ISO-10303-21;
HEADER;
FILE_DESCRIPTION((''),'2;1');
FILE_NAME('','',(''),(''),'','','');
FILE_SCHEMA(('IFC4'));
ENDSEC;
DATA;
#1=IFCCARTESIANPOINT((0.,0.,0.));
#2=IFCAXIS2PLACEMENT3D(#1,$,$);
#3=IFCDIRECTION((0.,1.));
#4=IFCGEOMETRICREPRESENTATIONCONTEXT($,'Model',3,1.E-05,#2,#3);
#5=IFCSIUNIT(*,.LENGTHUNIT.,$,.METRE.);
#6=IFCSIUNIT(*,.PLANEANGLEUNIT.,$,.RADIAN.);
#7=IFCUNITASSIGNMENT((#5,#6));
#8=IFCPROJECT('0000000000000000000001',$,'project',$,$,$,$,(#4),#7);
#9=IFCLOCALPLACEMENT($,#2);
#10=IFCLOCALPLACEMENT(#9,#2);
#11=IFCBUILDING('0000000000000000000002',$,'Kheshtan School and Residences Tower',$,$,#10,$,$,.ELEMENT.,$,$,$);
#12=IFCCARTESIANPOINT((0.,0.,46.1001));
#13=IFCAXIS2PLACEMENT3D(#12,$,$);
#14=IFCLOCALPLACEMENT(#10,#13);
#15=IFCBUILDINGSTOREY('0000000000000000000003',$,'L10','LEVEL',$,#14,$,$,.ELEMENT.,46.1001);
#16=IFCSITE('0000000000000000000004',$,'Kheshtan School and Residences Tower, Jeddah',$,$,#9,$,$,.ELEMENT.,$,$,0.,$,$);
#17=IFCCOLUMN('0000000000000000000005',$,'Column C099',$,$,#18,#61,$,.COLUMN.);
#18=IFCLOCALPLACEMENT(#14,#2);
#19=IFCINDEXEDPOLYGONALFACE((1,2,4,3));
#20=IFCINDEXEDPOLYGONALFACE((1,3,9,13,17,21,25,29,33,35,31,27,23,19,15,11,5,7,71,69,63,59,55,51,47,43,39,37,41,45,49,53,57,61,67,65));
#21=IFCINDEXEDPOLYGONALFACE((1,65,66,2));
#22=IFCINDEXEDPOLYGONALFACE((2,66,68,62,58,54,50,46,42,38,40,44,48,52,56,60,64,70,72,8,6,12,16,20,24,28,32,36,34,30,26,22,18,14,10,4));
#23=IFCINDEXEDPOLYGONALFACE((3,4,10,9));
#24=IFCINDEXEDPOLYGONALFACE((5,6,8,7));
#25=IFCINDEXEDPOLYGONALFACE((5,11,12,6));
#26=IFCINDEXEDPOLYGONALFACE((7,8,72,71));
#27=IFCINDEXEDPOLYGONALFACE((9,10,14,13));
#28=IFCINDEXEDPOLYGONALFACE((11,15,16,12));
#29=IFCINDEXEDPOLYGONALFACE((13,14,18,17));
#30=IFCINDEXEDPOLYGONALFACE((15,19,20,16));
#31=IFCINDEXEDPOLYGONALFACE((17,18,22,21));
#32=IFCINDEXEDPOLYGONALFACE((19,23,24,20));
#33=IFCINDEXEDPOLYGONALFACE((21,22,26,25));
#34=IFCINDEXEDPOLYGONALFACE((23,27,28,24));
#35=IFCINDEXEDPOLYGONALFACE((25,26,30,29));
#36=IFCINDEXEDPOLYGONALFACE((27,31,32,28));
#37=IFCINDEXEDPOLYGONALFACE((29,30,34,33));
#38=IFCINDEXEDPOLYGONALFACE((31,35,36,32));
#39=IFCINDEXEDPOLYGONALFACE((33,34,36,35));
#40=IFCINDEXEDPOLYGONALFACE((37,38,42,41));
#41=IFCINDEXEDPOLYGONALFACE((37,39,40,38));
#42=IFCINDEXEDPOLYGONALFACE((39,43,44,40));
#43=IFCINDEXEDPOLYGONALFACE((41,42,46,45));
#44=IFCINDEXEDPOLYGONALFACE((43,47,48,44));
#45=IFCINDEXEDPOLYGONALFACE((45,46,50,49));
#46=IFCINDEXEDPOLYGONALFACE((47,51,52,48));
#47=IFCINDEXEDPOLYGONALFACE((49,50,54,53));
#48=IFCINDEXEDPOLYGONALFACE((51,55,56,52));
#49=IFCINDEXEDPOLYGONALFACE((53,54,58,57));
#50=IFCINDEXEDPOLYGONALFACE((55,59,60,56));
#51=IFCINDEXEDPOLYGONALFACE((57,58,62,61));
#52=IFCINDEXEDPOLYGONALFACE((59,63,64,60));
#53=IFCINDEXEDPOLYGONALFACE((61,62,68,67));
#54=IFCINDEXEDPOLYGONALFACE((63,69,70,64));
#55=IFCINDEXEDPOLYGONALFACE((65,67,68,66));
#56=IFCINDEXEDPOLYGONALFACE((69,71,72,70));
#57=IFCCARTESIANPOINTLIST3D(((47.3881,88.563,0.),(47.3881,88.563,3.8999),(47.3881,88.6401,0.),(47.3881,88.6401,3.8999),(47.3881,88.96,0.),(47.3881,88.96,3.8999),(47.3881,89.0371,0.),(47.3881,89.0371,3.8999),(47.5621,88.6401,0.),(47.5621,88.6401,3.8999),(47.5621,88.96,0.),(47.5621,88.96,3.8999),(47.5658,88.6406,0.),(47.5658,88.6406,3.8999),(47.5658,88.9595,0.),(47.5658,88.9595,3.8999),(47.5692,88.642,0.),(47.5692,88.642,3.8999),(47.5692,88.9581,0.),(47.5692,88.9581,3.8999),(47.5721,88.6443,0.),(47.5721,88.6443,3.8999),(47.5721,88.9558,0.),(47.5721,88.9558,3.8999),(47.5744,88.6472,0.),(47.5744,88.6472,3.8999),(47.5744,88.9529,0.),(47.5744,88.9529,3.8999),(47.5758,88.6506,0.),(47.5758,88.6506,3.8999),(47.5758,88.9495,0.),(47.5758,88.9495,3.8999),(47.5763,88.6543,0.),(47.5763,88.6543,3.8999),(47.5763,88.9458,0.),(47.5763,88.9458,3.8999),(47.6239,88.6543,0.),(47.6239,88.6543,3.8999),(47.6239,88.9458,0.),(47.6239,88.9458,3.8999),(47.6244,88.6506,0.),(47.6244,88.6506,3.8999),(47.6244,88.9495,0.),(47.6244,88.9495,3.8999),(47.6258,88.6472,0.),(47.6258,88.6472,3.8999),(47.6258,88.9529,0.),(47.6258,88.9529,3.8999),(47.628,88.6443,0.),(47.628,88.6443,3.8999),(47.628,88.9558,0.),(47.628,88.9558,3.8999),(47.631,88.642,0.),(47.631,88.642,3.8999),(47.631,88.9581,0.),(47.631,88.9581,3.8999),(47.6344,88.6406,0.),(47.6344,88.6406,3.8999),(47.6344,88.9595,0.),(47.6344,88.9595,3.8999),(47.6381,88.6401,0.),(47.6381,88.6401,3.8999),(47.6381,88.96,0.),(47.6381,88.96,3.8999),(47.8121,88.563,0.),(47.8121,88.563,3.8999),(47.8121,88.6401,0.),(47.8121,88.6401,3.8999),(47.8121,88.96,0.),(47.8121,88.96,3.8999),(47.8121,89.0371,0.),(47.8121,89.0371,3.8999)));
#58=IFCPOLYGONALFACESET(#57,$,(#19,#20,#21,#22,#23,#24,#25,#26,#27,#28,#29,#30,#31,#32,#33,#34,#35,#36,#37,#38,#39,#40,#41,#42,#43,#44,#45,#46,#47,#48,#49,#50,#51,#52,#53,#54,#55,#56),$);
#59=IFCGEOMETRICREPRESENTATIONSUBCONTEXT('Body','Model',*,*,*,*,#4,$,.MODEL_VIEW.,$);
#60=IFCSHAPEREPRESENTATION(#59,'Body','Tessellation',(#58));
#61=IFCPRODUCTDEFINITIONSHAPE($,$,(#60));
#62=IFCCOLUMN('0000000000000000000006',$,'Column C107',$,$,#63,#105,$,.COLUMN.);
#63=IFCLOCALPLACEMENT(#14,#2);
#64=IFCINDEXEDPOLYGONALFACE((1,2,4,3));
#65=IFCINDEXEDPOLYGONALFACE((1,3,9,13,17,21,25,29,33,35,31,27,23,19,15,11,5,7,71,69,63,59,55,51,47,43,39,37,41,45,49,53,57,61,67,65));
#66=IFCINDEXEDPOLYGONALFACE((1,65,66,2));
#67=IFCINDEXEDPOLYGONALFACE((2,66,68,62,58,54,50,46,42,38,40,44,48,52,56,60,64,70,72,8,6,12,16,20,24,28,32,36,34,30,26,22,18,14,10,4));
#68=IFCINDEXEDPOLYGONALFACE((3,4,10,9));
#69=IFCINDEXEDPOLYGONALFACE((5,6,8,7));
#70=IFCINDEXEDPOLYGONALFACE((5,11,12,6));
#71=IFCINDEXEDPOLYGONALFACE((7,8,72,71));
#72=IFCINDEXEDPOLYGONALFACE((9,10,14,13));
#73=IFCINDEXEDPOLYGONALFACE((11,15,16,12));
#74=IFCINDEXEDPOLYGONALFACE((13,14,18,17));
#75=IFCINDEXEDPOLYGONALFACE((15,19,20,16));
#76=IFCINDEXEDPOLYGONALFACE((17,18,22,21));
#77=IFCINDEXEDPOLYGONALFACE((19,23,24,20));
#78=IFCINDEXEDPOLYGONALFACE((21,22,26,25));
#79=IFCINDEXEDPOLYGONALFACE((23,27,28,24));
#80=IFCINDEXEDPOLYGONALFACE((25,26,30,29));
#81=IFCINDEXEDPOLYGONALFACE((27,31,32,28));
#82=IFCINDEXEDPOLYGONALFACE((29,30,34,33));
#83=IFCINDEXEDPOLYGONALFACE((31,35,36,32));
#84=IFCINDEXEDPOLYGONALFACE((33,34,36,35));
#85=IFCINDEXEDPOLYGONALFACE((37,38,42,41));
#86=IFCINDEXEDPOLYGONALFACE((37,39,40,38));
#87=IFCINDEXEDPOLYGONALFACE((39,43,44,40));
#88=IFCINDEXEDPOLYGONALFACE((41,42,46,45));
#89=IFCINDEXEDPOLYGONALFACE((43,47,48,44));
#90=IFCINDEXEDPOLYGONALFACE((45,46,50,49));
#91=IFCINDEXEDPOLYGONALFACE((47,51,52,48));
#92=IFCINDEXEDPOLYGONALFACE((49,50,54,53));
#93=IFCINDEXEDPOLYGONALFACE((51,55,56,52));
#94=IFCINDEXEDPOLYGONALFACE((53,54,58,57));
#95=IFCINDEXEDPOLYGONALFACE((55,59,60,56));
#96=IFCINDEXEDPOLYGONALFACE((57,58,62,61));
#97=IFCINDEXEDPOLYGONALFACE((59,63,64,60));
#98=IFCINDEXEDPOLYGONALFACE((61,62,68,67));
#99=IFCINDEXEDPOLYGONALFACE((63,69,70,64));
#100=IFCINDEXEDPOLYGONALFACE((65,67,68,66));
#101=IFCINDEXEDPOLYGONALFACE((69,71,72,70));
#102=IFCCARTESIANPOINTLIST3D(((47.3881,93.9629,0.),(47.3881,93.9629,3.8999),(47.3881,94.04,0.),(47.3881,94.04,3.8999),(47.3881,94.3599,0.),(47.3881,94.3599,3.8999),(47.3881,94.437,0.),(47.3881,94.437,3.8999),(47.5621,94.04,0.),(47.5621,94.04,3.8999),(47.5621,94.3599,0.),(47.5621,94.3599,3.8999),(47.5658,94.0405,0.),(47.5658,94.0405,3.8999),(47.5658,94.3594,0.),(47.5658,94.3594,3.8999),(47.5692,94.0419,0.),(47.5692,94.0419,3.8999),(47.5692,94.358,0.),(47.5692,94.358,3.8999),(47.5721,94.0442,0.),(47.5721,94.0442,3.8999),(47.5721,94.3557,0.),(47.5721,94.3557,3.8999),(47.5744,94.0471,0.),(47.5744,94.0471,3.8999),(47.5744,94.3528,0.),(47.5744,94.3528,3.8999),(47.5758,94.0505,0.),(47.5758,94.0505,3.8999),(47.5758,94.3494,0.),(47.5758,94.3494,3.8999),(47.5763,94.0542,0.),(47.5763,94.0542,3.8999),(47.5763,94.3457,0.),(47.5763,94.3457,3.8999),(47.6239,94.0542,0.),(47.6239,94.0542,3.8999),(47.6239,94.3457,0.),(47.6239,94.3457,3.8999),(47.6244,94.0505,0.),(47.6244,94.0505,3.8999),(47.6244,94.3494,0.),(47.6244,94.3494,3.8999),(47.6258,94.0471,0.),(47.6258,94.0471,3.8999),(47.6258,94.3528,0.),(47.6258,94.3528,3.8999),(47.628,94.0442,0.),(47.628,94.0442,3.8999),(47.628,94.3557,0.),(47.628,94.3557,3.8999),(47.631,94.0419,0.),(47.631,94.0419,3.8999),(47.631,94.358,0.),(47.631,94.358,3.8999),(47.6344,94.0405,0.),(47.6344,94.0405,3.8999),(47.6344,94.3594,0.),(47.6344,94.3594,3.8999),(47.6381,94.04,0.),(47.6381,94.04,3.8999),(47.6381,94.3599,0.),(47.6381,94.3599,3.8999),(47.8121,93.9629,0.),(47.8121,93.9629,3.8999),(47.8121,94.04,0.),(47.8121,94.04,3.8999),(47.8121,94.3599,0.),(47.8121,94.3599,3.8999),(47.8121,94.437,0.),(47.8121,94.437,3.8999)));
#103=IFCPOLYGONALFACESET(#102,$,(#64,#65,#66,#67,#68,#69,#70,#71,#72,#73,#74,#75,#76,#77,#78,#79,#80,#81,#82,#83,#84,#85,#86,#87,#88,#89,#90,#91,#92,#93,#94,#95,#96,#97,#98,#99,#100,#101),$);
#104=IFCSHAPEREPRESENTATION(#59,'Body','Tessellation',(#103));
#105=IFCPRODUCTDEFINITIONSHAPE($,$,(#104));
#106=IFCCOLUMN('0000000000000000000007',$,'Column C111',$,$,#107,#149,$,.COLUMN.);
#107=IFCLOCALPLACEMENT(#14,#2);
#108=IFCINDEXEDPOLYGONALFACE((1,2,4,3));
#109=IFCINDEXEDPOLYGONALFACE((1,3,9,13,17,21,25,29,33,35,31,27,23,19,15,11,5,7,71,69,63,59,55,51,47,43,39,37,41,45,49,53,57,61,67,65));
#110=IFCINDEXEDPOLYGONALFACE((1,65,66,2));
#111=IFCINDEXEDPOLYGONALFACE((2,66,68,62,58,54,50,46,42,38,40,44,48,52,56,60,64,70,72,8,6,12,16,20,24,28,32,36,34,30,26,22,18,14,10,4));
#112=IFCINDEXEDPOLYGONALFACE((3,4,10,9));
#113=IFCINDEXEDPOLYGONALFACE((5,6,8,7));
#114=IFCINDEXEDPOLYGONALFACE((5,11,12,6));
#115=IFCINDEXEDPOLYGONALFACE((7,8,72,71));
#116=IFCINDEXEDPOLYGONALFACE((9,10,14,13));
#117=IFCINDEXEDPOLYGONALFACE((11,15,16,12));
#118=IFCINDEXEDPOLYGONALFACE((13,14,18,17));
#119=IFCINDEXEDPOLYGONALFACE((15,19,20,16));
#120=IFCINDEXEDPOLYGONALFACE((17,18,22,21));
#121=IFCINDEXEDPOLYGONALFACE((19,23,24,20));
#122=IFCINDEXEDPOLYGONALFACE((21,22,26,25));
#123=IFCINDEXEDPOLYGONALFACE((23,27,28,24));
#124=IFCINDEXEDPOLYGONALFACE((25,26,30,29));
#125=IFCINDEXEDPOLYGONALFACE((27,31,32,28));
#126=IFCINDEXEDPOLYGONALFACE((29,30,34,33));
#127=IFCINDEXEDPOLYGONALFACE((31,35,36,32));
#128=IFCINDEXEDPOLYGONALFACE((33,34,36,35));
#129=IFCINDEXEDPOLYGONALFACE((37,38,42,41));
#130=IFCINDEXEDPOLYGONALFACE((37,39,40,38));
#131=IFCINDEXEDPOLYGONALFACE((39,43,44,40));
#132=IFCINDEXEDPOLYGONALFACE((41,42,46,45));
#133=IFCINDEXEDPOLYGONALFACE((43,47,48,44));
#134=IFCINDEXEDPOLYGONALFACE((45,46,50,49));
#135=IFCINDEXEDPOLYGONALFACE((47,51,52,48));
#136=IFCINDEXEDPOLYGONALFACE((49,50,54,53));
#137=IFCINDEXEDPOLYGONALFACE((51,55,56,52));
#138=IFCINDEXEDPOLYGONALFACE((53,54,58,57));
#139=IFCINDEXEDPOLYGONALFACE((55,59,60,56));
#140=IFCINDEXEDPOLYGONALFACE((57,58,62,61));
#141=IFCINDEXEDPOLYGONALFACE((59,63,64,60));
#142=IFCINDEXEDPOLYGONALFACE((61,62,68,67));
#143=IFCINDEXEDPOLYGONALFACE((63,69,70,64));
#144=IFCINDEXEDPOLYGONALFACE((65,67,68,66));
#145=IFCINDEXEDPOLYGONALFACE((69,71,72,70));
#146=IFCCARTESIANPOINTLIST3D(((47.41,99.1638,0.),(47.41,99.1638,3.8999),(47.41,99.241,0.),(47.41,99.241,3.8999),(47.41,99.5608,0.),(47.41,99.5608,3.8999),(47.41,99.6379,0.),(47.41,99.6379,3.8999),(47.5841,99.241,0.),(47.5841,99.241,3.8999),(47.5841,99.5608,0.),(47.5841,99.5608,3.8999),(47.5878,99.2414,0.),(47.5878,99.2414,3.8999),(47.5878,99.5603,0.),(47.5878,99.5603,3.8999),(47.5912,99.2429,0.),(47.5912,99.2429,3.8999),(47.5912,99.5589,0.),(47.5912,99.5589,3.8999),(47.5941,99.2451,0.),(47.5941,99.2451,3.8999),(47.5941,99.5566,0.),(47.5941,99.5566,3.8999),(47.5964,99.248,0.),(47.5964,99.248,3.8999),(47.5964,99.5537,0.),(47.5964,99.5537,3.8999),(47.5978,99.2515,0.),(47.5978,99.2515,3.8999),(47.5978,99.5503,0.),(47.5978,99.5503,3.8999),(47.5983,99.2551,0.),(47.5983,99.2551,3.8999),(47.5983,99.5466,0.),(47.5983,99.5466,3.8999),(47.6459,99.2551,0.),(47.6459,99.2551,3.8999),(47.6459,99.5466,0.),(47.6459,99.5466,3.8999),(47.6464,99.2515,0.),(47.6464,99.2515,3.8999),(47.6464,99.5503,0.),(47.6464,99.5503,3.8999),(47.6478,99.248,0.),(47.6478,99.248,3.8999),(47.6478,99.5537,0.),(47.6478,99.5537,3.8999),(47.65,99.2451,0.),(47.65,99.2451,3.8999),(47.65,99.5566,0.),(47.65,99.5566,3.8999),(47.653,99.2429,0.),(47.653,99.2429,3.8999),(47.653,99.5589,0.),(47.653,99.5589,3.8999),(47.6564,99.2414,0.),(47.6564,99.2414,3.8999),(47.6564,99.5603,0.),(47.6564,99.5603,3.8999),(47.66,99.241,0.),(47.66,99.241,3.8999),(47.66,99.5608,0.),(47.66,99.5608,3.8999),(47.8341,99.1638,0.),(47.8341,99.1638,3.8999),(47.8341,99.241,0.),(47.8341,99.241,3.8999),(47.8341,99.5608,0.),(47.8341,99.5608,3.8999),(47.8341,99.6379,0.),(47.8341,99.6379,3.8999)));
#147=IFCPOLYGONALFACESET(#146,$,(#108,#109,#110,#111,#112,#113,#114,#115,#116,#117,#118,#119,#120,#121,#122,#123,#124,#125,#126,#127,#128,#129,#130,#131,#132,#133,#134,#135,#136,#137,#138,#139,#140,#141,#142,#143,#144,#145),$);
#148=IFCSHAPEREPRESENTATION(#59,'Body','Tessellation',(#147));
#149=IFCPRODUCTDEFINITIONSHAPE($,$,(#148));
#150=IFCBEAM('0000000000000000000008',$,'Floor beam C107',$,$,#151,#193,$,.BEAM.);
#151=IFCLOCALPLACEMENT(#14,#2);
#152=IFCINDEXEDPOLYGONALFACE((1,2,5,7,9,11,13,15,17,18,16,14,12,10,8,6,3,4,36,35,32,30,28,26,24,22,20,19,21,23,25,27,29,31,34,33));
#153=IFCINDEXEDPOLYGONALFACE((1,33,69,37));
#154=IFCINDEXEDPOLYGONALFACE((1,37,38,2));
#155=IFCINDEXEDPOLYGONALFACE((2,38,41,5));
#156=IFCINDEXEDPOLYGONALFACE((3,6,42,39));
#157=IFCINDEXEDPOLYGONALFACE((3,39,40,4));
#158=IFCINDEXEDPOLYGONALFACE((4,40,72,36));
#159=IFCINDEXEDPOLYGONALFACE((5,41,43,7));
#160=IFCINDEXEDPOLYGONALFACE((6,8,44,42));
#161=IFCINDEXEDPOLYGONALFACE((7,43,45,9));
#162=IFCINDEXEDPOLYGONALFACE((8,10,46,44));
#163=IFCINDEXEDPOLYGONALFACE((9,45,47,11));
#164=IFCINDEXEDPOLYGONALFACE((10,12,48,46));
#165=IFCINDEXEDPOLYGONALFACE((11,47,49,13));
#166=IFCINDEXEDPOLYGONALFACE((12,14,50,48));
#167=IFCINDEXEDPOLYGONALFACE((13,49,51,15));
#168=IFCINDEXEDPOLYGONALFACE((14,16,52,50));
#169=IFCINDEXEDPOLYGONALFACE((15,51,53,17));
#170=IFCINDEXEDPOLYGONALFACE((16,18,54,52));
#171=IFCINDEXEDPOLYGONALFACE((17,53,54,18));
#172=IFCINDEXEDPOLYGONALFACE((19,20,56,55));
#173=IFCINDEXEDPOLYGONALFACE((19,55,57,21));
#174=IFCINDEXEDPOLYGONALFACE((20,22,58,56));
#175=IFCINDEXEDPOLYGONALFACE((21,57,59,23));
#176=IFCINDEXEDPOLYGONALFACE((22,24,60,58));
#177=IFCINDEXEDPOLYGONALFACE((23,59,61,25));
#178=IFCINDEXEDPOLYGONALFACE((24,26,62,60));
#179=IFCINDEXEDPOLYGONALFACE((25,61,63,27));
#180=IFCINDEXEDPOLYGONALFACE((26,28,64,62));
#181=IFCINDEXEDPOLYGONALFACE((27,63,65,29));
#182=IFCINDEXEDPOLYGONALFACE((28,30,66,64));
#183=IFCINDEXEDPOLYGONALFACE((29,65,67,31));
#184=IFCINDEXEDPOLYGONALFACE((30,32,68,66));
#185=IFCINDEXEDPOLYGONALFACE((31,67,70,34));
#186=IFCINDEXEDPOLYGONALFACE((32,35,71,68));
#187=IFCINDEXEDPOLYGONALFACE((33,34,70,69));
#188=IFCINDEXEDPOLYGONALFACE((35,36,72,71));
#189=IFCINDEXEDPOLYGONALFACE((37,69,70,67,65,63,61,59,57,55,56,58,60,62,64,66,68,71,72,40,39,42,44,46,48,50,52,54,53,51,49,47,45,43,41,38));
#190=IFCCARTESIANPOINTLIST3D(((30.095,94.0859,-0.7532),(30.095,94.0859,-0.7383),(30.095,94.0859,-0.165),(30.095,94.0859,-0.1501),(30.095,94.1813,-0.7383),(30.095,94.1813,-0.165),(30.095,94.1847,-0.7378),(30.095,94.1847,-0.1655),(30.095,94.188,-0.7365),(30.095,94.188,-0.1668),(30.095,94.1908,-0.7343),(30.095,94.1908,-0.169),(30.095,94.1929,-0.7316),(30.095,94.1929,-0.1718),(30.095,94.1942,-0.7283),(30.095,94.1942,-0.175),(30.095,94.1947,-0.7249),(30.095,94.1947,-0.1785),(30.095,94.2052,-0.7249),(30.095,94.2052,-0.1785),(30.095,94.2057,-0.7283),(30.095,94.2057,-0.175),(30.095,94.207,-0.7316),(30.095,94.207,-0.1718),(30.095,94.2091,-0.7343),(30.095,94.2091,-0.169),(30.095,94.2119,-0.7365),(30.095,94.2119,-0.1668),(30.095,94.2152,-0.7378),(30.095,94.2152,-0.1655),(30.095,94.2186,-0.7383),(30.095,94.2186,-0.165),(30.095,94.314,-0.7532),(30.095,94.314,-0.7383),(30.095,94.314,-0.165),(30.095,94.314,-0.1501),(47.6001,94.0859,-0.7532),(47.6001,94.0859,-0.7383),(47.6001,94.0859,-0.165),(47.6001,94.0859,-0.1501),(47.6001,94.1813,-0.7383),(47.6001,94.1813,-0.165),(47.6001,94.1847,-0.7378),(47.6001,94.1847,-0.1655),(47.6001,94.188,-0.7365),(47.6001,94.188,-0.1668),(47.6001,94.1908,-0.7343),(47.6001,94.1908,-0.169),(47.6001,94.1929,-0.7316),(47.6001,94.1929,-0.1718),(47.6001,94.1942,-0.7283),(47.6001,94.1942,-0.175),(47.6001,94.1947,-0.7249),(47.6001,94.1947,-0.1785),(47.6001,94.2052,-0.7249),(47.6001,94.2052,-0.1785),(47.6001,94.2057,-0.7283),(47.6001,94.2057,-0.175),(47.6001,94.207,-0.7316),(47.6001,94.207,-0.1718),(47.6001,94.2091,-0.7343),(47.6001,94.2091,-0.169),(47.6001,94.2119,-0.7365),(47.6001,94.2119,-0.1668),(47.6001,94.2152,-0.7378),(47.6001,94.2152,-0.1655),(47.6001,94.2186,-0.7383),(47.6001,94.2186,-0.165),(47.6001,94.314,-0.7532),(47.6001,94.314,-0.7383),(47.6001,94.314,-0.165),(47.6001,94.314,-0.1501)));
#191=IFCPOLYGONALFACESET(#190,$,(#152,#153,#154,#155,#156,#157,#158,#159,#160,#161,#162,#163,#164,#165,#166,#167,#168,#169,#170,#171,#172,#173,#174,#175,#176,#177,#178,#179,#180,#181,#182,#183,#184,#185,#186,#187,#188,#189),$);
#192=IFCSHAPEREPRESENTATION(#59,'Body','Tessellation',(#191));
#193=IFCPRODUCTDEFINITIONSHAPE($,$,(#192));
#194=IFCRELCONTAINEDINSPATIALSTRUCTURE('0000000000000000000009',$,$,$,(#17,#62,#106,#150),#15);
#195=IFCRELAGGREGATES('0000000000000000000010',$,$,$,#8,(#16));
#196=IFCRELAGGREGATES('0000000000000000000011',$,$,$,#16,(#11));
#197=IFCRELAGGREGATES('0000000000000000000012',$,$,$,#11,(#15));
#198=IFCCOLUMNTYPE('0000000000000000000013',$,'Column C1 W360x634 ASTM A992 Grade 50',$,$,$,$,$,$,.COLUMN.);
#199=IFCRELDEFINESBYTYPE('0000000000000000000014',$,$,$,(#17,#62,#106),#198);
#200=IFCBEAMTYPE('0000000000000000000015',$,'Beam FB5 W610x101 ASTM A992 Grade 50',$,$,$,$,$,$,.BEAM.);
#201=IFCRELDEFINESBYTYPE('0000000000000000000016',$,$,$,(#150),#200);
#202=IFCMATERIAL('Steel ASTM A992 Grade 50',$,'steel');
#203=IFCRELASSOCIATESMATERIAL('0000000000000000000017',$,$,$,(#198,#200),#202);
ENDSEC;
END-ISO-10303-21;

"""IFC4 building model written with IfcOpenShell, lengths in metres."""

from ifc_helpers import new_model, si_unit, direction, frame, origin, origin_2d, place, context, subcontext, project, spatial, i_section, extrude, material, material_profile, profile_set, type_object, element, save


model = new_model("IFC4")

# Units and contexts
model_context = context("Model", 3, precision=1e-05, world=origin(), true_north=direction((0.0, 1.0)))
body_context = subcontext(model_context, "Body", "Model", "MODEL_VIEW")
ifc_project = project(units=[si_unit("LENGTHUNIT", "METRE"), si_unit("PLANEANGLEUNIT", "RADIAN")], contexts=[model_context])

# Site, building, storey
site_placement = place(None, origin())
site = spatial("IfcSite", under=ifc_project, at=site_placement, Name="Kheshtan School and Residences Tower, Jeddah", CompositionType="ELEMENT", RefElevation=0.0)
building_placement = place(site_placement, origin())
building = spatial("IfcBuilding", under=site, at=building_placement, Name="Kheshtan School and Residences Tower", CompositionType="ELEMENT")
storey_placement = place(building_placement, frame((0.0, 0.0, 46.1001)))
storey = spatial("IfcBuildingStorey", under=building, at=storey_placement, Name="L10", Description="LEVEL", CompositionType="ELEMENT", Elevation=46.1001)

# Columns
ifc_material_1 = material(Name="Steel ASTM A992 Grade 50", Category="steel")
ifc_material_profile_1 = material_profile(ifc_material_1, i_section(OverallWidth=0.4241, OverallDepth=0.4741, WebThickness=0.0476, FlangeThickness=0.0771, FilletRadius=0.0142, at=origin_2d()), Name="W360x634")
ifc_profile_set_1 = profile_set([ifc_material_profile_1], Name="Steel ASTM A992 Grade 50")
column_type = type_object("IfcColumnType", Name="Column C1 W360x634 ASTM A992 Grade 50", PredefinedType="COLUMN", material=ifc_profile_set_1)
for number, where, z_axis, x_axis, name in (
    (1, (47.6001, 88.8, 0.0), (0.0, 0.0, 1.0), (1.0, 0.0, 0.0), "Column C099"),
    (2, (47.6001, 94.2, 0.0), (0.0, 0.0, 1.0), (1.0, 0.0, 0.0), "Column C107"),
    (3, (47.6221, 99.4009, 0.0), (0.0, 0.0, 1.0), (1.0, 0.0, 0.0), "Column C111"),
):
    element("IfcColumn", number, at=place(storey_placement, frame(where, z_axis=z_axis, x_axis=x_axis)), inside=storey, type_object=column_type, Name=name, PredefinedType="COLUMN", context=body_context, shape_type="SweptSolid", body=[
        extrude(i_section(OverallWidth=0.4241, OverallDepth=0.4741, WebThickness=0.0476, FlangeThickness=0.0771, FilletRadius=0.0142, at=origin_2d()), origin(), (0.0, 0.0, 1.0), 3.8999),
    ])

# Beam
ifc_material_profile_2 = material_profile(ifc_material_1, i_section(OverallWidth=0.228, OverallDepth=0.603, WebThickness=0.0105, FlangeThickness=0.0149, FilletRadius=0.0134, at=origin_2d()), Name="W610x101")
ifc_profile_set_2 = profile_set([ifc_material_profile_2], Name="Steel ASTM A992 Grade 50")
beam_type_1 = type_object("IfcBeamType", Name="Beam FB5 W610x101 ASTM A992 Grade 50", PredefinedType="BEAM", material=ifc_profile_set_2)
beam_1_placement = place(storey_placement, frame((47.6001, 94.2, -0.4517), z_axis=(-1.0, 0.0, 0.0), x_axis=(0.0, -1.0, 0.0)))
element("IfcBeam", 4, at=beam_1_placement, inside=storey, type_object=beam_type_1, Name="Floor beam C107", PredefinedType="BEAM", context=body_context, shape_type="SweptSolid", body=[
    extrude(i_section(OverallWidth=0.228, OverallDepth=0.603, WebThickness=0.0105, FlangeThickness=0.0149, FilletRadius=0.0134, at=origin_2d()), origin(), (0.0, 0.0, 1.0), 17.5051),
])

save(model, "model.ifc")
